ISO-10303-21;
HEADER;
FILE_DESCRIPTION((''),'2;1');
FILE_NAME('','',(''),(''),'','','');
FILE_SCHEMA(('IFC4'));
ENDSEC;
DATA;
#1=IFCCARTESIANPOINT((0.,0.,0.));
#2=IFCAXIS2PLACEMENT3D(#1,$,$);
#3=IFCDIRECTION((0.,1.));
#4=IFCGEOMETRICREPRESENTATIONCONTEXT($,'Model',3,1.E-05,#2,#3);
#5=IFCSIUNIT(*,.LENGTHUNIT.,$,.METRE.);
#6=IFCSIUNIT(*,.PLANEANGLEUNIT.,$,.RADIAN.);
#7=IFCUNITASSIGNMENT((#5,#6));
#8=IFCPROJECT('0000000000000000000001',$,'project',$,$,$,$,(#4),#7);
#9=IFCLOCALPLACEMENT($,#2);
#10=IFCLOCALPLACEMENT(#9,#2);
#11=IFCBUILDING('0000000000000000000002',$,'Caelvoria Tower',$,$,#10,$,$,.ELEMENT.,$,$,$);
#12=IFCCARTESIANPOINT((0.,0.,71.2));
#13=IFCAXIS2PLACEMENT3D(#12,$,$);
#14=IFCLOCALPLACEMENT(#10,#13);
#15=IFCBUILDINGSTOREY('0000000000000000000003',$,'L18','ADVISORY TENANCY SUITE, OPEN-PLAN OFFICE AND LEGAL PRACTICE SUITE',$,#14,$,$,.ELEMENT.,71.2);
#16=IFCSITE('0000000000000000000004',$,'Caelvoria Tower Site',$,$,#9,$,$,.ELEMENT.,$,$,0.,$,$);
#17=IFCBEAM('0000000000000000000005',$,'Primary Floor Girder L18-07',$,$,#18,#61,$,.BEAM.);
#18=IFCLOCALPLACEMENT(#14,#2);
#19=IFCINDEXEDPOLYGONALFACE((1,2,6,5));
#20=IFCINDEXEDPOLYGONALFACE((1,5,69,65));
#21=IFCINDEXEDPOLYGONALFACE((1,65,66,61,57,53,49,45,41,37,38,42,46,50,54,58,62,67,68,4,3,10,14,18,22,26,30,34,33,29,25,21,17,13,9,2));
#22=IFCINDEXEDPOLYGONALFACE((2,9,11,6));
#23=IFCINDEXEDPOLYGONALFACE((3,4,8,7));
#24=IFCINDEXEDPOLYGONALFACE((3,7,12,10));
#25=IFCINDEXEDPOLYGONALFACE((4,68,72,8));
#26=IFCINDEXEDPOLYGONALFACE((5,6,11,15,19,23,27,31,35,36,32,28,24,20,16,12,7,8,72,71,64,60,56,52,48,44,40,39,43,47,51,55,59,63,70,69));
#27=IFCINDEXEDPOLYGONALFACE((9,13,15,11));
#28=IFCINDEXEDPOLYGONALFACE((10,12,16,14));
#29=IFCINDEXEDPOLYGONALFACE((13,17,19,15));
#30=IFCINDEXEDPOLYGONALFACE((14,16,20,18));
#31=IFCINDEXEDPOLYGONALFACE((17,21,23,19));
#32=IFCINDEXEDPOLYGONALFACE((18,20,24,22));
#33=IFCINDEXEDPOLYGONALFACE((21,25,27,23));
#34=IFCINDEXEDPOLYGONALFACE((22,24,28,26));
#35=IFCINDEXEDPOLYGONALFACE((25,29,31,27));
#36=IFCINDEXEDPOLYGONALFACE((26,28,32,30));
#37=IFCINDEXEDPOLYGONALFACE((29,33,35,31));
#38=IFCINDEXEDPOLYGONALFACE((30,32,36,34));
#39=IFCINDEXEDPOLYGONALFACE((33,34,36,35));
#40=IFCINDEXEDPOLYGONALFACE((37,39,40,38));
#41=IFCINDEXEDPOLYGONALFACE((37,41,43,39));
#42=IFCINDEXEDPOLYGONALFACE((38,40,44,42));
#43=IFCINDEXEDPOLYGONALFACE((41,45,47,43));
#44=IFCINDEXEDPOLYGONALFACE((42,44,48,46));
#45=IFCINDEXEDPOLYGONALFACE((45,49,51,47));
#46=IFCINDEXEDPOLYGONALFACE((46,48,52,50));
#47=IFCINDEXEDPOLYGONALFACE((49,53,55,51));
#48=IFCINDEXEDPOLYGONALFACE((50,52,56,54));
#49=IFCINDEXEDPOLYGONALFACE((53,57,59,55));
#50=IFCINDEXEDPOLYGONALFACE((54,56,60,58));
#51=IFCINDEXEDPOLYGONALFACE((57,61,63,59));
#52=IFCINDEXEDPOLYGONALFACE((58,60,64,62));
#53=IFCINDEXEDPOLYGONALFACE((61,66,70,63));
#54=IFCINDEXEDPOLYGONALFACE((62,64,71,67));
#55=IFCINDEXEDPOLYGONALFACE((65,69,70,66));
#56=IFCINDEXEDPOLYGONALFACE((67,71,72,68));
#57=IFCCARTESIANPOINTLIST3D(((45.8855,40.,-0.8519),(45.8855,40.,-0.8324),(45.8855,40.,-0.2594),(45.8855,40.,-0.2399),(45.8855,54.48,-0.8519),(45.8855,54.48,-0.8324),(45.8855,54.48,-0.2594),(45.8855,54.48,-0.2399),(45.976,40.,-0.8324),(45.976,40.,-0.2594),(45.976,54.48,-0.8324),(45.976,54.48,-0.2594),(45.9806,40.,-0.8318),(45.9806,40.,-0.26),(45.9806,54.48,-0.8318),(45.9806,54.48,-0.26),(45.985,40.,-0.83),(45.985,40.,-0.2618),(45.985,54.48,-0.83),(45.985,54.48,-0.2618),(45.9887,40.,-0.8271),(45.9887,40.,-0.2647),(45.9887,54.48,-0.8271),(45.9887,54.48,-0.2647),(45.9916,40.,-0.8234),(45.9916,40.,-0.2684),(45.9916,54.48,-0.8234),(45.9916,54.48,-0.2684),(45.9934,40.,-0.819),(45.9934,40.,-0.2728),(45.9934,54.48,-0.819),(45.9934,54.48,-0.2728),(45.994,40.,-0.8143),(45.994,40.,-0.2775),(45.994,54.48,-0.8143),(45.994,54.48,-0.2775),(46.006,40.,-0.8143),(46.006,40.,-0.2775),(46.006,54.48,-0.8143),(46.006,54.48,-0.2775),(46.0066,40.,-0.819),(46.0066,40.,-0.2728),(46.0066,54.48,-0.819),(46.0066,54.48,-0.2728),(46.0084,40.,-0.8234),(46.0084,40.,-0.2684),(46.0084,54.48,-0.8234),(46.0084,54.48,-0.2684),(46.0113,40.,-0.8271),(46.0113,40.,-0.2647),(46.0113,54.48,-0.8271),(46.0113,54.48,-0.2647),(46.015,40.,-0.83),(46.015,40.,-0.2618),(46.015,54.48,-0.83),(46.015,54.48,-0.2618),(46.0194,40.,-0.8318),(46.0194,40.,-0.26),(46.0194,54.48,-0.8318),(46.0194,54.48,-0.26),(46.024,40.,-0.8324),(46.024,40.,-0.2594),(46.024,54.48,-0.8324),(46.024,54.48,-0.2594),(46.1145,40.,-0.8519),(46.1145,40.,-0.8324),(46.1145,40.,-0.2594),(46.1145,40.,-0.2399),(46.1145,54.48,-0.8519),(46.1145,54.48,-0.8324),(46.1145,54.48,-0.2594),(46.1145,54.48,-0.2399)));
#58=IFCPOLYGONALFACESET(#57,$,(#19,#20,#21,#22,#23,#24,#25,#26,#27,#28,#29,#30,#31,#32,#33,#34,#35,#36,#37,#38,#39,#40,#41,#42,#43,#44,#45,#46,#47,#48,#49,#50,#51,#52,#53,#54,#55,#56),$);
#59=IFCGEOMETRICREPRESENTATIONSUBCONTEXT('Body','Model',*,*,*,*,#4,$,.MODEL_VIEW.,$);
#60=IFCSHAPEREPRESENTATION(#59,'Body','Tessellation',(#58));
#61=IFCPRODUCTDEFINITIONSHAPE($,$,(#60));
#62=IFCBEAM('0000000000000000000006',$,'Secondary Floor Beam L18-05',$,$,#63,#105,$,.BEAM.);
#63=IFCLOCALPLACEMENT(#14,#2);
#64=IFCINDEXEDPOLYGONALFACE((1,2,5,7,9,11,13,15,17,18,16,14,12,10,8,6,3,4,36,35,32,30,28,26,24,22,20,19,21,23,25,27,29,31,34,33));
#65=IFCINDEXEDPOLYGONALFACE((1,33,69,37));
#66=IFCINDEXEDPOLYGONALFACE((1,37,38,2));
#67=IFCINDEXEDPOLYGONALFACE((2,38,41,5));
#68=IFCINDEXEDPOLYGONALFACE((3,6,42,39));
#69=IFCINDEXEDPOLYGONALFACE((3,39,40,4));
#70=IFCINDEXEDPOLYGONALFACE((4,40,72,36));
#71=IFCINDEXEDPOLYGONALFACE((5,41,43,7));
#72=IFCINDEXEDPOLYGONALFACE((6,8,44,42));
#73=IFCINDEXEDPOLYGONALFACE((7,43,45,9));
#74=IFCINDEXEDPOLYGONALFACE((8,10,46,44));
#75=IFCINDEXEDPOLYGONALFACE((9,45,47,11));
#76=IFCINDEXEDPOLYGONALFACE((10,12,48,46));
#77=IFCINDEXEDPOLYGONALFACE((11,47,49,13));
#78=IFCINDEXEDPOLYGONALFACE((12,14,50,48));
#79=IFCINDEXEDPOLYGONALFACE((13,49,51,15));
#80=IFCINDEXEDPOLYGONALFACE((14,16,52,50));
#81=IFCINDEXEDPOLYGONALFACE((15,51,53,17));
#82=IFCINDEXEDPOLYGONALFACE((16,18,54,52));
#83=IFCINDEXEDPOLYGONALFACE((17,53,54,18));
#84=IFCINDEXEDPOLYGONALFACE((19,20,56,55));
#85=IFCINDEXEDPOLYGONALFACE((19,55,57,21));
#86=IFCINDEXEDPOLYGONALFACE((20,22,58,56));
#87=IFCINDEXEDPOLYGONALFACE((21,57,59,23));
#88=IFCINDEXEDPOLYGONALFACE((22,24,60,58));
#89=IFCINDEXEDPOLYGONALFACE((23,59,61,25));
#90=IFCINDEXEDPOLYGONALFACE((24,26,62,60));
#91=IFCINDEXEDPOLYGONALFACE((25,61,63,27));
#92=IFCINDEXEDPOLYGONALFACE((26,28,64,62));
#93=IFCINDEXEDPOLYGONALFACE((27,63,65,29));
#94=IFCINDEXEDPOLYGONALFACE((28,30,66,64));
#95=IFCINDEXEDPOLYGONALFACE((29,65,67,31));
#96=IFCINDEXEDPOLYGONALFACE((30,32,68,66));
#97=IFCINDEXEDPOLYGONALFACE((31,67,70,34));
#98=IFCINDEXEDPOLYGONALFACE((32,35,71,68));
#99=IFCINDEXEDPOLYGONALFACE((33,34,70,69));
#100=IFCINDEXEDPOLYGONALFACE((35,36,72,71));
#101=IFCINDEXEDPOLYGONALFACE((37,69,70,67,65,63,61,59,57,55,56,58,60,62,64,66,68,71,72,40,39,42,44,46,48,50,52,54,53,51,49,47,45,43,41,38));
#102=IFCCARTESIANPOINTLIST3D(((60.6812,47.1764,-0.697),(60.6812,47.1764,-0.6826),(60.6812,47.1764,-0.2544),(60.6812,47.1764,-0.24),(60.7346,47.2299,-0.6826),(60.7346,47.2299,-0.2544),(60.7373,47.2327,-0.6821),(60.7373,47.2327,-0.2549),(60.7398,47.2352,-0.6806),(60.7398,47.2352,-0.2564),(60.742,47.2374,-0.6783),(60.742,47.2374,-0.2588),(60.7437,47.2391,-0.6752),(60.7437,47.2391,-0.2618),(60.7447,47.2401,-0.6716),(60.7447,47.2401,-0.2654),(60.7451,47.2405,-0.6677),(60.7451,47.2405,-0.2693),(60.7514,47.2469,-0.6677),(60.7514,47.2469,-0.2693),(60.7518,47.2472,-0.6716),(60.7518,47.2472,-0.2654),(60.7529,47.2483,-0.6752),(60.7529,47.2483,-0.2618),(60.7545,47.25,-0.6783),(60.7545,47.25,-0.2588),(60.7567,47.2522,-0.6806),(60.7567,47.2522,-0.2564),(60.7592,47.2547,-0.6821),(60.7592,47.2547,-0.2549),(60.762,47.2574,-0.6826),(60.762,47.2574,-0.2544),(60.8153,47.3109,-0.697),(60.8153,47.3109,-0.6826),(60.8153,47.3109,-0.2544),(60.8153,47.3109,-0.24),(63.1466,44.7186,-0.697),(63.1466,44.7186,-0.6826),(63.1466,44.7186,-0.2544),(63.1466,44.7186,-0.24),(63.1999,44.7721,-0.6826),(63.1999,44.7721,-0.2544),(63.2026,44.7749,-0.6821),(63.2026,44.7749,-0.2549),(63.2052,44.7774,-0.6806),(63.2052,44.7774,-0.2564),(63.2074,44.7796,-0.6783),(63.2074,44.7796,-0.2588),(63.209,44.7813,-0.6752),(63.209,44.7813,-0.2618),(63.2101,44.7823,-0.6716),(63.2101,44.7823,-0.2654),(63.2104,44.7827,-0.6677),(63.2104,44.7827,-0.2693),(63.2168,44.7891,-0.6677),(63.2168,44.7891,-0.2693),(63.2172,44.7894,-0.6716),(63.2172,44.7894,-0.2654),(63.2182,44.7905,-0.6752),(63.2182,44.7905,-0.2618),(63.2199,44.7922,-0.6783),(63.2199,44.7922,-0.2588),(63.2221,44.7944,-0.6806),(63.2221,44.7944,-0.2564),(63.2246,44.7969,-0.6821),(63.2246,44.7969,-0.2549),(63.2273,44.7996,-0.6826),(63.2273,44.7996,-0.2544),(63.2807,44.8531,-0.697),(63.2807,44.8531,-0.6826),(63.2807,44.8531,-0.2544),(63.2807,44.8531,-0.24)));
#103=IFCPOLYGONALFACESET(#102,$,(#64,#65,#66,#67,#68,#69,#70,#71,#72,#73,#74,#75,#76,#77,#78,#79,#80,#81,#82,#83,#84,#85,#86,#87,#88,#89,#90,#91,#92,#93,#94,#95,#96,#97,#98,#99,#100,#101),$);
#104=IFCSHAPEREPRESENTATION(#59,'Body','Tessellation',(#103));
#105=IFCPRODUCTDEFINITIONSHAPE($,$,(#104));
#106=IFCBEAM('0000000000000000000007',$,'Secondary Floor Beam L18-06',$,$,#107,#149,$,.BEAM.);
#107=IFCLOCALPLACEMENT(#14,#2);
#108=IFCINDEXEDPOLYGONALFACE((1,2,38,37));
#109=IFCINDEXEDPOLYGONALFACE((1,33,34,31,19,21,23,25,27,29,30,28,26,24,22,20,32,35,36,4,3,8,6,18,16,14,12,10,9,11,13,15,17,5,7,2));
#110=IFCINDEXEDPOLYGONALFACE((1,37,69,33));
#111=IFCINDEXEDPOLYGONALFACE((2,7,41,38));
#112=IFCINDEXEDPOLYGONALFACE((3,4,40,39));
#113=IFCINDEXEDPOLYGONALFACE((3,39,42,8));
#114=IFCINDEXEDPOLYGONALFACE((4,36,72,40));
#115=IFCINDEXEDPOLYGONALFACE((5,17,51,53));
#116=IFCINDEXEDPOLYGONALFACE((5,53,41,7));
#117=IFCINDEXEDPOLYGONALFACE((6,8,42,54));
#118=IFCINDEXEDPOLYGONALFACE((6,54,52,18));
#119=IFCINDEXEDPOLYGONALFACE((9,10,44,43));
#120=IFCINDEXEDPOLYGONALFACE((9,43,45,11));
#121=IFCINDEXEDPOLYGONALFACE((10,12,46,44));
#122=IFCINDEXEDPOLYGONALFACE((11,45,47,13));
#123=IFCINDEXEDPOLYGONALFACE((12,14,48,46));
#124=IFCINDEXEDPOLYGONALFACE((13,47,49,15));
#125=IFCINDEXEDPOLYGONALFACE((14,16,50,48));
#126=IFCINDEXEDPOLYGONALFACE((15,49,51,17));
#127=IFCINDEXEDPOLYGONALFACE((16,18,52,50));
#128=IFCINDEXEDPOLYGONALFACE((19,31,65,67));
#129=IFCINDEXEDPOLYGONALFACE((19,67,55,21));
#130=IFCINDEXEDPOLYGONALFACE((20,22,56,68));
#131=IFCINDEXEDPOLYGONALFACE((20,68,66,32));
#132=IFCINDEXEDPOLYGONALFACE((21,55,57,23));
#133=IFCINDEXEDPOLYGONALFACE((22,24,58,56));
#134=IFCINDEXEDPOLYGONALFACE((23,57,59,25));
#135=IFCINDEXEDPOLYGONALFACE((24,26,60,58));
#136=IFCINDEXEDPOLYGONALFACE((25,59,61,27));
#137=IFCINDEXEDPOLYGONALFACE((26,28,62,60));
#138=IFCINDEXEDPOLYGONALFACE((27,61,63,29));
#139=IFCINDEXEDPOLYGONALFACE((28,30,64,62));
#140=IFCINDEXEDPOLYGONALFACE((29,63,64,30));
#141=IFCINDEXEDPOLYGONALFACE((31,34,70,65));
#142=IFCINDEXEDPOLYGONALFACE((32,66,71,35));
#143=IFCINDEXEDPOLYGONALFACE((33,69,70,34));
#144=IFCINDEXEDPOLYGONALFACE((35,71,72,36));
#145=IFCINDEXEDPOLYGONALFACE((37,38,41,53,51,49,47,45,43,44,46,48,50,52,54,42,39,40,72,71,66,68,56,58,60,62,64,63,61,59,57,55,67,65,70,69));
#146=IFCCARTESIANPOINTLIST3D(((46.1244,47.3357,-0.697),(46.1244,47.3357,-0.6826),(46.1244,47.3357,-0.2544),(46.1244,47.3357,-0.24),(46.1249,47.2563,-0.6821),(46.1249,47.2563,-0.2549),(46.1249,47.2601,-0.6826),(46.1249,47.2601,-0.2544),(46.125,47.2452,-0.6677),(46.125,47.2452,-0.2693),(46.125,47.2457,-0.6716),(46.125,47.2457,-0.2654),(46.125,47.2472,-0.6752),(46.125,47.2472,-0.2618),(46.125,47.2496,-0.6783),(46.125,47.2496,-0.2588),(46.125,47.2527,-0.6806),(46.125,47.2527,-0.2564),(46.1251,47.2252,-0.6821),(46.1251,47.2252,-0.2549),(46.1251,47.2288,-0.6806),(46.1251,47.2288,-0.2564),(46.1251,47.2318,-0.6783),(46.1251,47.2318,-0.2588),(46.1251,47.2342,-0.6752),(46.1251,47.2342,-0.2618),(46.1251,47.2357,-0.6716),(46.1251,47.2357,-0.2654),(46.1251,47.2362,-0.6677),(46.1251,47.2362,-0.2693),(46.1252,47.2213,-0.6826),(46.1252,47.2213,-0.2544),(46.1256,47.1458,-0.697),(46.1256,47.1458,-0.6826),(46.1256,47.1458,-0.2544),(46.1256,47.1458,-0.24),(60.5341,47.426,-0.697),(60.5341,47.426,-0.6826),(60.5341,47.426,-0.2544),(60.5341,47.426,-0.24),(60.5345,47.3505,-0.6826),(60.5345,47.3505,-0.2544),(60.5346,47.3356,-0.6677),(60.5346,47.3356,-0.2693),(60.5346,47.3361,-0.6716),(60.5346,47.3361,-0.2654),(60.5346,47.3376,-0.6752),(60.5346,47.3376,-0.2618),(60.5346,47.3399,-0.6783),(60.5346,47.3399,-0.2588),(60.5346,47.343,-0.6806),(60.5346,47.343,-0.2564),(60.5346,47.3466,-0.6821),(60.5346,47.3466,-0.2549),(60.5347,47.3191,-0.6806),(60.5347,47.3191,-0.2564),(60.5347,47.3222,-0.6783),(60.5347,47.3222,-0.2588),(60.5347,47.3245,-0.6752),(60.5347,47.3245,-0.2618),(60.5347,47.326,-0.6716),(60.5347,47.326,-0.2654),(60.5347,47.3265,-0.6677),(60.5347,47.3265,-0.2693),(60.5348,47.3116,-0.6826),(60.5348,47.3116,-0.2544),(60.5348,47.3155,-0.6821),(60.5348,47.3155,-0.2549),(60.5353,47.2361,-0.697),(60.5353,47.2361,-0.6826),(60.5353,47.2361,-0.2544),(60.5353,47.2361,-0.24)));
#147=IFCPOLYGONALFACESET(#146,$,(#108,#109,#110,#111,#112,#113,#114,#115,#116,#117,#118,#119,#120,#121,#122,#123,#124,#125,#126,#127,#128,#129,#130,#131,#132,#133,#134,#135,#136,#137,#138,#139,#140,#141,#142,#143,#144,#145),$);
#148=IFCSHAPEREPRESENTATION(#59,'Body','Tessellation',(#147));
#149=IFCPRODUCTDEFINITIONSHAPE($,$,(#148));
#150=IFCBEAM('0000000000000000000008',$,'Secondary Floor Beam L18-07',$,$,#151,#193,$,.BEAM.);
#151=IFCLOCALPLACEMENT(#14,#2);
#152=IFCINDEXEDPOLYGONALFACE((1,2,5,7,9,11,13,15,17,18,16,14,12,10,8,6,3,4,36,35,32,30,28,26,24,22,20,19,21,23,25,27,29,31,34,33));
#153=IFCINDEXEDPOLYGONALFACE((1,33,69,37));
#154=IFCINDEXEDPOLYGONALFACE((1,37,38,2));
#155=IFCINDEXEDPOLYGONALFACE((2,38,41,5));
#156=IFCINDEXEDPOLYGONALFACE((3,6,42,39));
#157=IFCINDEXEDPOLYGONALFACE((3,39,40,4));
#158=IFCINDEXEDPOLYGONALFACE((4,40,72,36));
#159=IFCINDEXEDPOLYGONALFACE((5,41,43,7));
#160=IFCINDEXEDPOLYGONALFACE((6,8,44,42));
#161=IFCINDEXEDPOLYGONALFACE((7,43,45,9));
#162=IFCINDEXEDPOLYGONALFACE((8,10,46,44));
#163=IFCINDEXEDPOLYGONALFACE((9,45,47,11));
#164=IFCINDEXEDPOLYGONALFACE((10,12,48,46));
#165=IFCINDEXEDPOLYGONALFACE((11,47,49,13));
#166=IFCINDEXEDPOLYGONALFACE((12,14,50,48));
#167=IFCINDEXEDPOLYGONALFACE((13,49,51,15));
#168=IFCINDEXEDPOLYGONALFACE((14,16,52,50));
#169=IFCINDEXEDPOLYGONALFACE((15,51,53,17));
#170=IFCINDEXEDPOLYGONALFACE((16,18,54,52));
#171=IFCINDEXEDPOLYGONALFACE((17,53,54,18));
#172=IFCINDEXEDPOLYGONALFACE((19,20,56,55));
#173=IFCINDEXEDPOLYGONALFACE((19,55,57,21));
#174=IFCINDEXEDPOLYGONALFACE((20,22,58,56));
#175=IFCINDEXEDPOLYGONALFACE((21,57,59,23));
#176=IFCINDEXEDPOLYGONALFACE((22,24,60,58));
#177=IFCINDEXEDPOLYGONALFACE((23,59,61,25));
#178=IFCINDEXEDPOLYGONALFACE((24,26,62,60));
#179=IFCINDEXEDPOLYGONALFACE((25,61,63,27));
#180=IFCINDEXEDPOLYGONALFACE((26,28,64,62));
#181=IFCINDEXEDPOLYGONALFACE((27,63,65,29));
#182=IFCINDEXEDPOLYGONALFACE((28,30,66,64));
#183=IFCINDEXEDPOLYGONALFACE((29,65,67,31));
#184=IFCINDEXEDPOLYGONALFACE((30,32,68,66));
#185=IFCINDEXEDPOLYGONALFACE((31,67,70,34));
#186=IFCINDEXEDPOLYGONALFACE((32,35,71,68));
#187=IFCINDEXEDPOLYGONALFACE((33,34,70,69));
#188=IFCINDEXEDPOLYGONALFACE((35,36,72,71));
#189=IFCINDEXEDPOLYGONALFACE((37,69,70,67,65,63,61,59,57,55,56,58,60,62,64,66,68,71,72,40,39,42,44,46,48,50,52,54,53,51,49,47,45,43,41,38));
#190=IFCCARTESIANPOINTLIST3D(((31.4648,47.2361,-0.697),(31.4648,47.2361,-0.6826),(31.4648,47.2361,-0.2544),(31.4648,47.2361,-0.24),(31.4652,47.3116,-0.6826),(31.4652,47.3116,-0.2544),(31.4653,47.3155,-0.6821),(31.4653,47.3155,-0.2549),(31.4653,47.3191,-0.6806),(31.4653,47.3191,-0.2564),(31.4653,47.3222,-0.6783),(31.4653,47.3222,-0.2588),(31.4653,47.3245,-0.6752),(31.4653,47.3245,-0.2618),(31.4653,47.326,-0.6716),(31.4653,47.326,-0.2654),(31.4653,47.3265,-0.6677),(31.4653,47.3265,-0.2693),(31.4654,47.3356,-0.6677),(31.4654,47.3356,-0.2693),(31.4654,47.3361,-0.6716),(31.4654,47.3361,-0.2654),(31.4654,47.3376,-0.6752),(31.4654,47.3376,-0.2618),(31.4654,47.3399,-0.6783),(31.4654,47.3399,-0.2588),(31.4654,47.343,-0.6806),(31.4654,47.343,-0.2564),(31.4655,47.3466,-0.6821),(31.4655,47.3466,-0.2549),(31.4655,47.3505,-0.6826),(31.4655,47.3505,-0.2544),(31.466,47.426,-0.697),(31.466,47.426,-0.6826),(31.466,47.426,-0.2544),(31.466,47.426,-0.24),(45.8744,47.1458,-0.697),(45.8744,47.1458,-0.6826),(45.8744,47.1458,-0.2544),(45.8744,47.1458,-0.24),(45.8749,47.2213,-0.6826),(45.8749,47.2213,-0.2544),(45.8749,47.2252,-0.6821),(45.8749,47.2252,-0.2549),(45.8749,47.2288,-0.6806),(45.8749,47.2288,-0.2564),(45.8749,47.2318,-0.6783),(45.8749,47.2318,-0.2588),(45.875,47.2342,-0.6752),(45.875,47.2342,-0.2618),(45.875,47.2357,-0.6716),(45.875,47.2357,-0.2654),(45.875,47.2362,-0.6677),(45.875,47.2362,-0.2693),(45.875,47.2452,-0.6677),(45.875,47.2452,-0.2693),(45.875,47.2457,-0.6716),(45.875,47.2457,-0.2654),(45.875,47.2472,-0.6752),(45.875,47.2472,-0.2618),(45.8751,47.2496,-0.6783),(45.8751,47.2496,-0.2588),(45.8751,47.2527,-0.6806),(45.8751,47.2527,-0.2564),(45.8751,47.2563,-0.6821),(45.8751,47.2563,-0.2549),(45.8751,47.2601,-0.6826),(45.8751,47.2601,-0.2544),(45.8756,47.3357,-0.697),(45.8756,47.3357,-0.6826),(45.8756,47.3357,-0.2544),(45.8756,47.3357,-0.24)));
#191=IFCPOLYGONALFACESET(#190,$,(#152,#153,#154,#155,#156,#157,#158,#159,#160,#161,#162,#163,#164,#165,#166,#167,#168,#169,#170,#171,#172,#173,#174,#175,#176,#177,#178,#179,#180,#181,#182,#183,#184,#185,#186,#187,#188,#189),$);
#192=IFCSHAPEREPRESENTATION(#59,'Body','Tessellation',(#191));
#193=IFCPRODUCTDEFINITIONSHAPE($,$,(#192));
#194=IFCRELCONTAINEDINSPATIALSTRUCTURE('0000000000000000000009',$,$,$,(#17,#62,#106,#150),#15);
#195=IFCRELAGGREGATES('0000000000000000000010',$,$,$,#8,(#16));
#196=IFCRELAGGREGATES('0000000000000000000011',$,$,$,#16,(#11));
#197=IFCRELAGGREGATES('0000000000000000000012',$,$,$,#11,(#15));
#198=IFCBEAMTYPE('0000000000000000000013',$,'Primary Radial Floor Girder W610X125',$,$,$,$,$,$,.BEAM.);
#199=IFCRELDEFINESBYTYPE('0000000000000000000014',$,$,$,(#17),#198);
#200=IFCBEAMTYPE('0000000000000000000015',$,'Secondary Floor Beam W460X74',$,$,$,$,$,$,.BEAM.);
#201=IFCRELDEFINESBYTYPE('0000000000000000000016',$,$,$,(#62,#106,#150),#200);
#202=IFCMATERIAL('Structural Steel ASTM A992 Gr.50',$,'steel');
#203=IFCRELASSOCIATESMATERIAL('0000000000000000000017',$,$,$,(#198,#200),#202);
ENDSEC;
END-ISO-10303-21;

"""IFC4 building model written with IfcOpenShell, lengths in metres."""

from ifc_helpers import new_model, si_unit, direction, frame, origin, origin_2d, place, context, subcontext, project, spatial, i_section, extrude, material, material_profile, profile_set, type_object, element, save


model = new_model("IFC4")

# Units and contexts
model_context = context("Model", 3, precision=1e-05, world=origin(), true_north=direction((0.0, 1.0)))
body_context = subcontext(model_context, "Body", "Model", "MODEL_VIEW")
ifc_project = project(units=[si_unit("LENGTHUNIT", "METRE"), si_unit("PLANEANGLEUNIT", "RADIAN")], contexts=[model_context])

# Site, building, storey
site_placement = place(None, origin())
site = spatial("IfcSite", under=ifc_project, at=site_placement, Name="Caelvoria Tower Site", CompositionType="ELEMENT", RefElevation=0.0)
building_placement = place(site_placement, origin())
building = spatial("IfcBuilding", under=site, at=building_placement, Name="Caelvoria Tower", CompositionType="ELEMENT")
storey_placement = place(building_placement, frame((0.0, 0.0, 71.2)))
storey = spatial("IfcBuildingStorey", under=building, at=storey_placement, Name="L18", Description="ADVISORY TENANCY SUITE, OPEN-PLAN OFFICE AND LEGAL PRACTICE SUITE", CompositionType="ELEMENT", Elevation=71.2)

# Shared definitions
ifc_material_1 = material(Name="Structural Steel ASTM A992 Gr.50", Category="steel")

# Beams
ifc_material_profile_1 = material_profile(ifc_material_1, i_section(OverallWidth=0.229, OverallDepth=0.6121, WebThickness=0.012, FlangeThickness=0.0195, FilletRadius=0.0181, at=origin_2d()), Name="Structural Steel ASTM A992 Gr.50")
ifc_profile_set_1 = profile_set([ifc_material_profile_1], Name="W610X125 - Structural Steel ASTM A992 Gr.50")
beam_type_1 = type_object("IfcBeamType", Name="Primary Radial Floor Girder W610X125", PredefinedType="BEAM", material=ifc_profile_set_1)
beam_1_placement = place(storey_placement, frame((46.0, 40.0, -0.5459), z_axis=(0.0, 1.0, 0.0), x_axis=(-1.0, 0.0, 0.0)))
element("IfcBeam", 1, at=beam_1_placement, inside=storey, type_object=beam_type_1, Name="Primary Floor Girder L18-07", PredefinedType="BEAM", context=body_context, shape_type="SweptSolid", body=[
    extrude(i_section(OverallWidth=0.229, OverallDepth=0.6121, WebThickness=0.012, FlangeThickness=0.0195, FilletRadius=0.0181, at=origin_2d()), origin(), (0.0, 0.0, 1.0), 14.48),
])
ifc_material_profile_2 = material_profile(ifc_material_1, i_section(OverallWidth=0.1899, OverallDepth=0.457, WebThickness=0.009, FlangeThickness=0.0144, FilletRadius=0.0149, at=origin_2d()), Name="Structural Steel ASTM A992 Gr.50")
ifc_profile_set_2 = profile_set([ifc_material_profile_2], Name="W460X74 - Structural Steel ASTM A992 Gr.50")
beam_type_2 = type_object("IfcBeamType", Name="Secondary Floor Beam W460X74", PredefinedType="BEAM", material=ifc_profile_set_2)
beam_2_placement = place(storey_placement, frame((63.2136, 44.7859, -0.4685), z_axis=(-0.708193, 0.706019, 0.0), x_axis=(-0.706019, -0.708193, 0.0)))
element("IfcBeam", 2, at=beam_2_placement, inside=storey, type_object=beam_type_2, Name="Secondary Floor Beam L18-05", PredefinedType="BEAM", context=body_context, shape_type="SweptSolid", body=[
    extrude(i_section(OverallWidth=0.1899, OverallDepth=0.457, WebThickness=0.009, FlangeThickness=0.0144, FilletRadius=0.0149, at=origin_2d()), origin(), (0.0, 0.0, 1.0), 3.4812),
])
for number, where, z_axis, x_axis, name in (
    (3, (60.5347, 47.3311, -0.4685), (-0.99998, -0.006269, 0.0), (0.006269, -0.99998, 0.0), "Secondary Floor Beam L18-06"),
    (4, (45.875, 47.2407, -0.4685), (-0.99998, 0.006269, 0.0), (-0.006269, -0.99998, 0.0), "Secondary Floor Beam L18-07"),
):
    element("IfcBeam", number, at=place(storey_placement, frame(where, z_axis=z_axis, x_axis=x_axis)), inside=storey, type_object=beam_type_2, Name=name, PredefinedType="BEAM", context=body_context, shape_type="SweptSolid", body=[
        extrude(i_section(OverallWidth=0.1899, OverallDepth=0.457, WebThickness=0.009, FlangeThickness=0.0144, FilletRadius=0.0149, at=origin_2d()), origin(), (0.0, 0.0, 1.0), 14.4099),
    ])

save(model, "model.ifc")
